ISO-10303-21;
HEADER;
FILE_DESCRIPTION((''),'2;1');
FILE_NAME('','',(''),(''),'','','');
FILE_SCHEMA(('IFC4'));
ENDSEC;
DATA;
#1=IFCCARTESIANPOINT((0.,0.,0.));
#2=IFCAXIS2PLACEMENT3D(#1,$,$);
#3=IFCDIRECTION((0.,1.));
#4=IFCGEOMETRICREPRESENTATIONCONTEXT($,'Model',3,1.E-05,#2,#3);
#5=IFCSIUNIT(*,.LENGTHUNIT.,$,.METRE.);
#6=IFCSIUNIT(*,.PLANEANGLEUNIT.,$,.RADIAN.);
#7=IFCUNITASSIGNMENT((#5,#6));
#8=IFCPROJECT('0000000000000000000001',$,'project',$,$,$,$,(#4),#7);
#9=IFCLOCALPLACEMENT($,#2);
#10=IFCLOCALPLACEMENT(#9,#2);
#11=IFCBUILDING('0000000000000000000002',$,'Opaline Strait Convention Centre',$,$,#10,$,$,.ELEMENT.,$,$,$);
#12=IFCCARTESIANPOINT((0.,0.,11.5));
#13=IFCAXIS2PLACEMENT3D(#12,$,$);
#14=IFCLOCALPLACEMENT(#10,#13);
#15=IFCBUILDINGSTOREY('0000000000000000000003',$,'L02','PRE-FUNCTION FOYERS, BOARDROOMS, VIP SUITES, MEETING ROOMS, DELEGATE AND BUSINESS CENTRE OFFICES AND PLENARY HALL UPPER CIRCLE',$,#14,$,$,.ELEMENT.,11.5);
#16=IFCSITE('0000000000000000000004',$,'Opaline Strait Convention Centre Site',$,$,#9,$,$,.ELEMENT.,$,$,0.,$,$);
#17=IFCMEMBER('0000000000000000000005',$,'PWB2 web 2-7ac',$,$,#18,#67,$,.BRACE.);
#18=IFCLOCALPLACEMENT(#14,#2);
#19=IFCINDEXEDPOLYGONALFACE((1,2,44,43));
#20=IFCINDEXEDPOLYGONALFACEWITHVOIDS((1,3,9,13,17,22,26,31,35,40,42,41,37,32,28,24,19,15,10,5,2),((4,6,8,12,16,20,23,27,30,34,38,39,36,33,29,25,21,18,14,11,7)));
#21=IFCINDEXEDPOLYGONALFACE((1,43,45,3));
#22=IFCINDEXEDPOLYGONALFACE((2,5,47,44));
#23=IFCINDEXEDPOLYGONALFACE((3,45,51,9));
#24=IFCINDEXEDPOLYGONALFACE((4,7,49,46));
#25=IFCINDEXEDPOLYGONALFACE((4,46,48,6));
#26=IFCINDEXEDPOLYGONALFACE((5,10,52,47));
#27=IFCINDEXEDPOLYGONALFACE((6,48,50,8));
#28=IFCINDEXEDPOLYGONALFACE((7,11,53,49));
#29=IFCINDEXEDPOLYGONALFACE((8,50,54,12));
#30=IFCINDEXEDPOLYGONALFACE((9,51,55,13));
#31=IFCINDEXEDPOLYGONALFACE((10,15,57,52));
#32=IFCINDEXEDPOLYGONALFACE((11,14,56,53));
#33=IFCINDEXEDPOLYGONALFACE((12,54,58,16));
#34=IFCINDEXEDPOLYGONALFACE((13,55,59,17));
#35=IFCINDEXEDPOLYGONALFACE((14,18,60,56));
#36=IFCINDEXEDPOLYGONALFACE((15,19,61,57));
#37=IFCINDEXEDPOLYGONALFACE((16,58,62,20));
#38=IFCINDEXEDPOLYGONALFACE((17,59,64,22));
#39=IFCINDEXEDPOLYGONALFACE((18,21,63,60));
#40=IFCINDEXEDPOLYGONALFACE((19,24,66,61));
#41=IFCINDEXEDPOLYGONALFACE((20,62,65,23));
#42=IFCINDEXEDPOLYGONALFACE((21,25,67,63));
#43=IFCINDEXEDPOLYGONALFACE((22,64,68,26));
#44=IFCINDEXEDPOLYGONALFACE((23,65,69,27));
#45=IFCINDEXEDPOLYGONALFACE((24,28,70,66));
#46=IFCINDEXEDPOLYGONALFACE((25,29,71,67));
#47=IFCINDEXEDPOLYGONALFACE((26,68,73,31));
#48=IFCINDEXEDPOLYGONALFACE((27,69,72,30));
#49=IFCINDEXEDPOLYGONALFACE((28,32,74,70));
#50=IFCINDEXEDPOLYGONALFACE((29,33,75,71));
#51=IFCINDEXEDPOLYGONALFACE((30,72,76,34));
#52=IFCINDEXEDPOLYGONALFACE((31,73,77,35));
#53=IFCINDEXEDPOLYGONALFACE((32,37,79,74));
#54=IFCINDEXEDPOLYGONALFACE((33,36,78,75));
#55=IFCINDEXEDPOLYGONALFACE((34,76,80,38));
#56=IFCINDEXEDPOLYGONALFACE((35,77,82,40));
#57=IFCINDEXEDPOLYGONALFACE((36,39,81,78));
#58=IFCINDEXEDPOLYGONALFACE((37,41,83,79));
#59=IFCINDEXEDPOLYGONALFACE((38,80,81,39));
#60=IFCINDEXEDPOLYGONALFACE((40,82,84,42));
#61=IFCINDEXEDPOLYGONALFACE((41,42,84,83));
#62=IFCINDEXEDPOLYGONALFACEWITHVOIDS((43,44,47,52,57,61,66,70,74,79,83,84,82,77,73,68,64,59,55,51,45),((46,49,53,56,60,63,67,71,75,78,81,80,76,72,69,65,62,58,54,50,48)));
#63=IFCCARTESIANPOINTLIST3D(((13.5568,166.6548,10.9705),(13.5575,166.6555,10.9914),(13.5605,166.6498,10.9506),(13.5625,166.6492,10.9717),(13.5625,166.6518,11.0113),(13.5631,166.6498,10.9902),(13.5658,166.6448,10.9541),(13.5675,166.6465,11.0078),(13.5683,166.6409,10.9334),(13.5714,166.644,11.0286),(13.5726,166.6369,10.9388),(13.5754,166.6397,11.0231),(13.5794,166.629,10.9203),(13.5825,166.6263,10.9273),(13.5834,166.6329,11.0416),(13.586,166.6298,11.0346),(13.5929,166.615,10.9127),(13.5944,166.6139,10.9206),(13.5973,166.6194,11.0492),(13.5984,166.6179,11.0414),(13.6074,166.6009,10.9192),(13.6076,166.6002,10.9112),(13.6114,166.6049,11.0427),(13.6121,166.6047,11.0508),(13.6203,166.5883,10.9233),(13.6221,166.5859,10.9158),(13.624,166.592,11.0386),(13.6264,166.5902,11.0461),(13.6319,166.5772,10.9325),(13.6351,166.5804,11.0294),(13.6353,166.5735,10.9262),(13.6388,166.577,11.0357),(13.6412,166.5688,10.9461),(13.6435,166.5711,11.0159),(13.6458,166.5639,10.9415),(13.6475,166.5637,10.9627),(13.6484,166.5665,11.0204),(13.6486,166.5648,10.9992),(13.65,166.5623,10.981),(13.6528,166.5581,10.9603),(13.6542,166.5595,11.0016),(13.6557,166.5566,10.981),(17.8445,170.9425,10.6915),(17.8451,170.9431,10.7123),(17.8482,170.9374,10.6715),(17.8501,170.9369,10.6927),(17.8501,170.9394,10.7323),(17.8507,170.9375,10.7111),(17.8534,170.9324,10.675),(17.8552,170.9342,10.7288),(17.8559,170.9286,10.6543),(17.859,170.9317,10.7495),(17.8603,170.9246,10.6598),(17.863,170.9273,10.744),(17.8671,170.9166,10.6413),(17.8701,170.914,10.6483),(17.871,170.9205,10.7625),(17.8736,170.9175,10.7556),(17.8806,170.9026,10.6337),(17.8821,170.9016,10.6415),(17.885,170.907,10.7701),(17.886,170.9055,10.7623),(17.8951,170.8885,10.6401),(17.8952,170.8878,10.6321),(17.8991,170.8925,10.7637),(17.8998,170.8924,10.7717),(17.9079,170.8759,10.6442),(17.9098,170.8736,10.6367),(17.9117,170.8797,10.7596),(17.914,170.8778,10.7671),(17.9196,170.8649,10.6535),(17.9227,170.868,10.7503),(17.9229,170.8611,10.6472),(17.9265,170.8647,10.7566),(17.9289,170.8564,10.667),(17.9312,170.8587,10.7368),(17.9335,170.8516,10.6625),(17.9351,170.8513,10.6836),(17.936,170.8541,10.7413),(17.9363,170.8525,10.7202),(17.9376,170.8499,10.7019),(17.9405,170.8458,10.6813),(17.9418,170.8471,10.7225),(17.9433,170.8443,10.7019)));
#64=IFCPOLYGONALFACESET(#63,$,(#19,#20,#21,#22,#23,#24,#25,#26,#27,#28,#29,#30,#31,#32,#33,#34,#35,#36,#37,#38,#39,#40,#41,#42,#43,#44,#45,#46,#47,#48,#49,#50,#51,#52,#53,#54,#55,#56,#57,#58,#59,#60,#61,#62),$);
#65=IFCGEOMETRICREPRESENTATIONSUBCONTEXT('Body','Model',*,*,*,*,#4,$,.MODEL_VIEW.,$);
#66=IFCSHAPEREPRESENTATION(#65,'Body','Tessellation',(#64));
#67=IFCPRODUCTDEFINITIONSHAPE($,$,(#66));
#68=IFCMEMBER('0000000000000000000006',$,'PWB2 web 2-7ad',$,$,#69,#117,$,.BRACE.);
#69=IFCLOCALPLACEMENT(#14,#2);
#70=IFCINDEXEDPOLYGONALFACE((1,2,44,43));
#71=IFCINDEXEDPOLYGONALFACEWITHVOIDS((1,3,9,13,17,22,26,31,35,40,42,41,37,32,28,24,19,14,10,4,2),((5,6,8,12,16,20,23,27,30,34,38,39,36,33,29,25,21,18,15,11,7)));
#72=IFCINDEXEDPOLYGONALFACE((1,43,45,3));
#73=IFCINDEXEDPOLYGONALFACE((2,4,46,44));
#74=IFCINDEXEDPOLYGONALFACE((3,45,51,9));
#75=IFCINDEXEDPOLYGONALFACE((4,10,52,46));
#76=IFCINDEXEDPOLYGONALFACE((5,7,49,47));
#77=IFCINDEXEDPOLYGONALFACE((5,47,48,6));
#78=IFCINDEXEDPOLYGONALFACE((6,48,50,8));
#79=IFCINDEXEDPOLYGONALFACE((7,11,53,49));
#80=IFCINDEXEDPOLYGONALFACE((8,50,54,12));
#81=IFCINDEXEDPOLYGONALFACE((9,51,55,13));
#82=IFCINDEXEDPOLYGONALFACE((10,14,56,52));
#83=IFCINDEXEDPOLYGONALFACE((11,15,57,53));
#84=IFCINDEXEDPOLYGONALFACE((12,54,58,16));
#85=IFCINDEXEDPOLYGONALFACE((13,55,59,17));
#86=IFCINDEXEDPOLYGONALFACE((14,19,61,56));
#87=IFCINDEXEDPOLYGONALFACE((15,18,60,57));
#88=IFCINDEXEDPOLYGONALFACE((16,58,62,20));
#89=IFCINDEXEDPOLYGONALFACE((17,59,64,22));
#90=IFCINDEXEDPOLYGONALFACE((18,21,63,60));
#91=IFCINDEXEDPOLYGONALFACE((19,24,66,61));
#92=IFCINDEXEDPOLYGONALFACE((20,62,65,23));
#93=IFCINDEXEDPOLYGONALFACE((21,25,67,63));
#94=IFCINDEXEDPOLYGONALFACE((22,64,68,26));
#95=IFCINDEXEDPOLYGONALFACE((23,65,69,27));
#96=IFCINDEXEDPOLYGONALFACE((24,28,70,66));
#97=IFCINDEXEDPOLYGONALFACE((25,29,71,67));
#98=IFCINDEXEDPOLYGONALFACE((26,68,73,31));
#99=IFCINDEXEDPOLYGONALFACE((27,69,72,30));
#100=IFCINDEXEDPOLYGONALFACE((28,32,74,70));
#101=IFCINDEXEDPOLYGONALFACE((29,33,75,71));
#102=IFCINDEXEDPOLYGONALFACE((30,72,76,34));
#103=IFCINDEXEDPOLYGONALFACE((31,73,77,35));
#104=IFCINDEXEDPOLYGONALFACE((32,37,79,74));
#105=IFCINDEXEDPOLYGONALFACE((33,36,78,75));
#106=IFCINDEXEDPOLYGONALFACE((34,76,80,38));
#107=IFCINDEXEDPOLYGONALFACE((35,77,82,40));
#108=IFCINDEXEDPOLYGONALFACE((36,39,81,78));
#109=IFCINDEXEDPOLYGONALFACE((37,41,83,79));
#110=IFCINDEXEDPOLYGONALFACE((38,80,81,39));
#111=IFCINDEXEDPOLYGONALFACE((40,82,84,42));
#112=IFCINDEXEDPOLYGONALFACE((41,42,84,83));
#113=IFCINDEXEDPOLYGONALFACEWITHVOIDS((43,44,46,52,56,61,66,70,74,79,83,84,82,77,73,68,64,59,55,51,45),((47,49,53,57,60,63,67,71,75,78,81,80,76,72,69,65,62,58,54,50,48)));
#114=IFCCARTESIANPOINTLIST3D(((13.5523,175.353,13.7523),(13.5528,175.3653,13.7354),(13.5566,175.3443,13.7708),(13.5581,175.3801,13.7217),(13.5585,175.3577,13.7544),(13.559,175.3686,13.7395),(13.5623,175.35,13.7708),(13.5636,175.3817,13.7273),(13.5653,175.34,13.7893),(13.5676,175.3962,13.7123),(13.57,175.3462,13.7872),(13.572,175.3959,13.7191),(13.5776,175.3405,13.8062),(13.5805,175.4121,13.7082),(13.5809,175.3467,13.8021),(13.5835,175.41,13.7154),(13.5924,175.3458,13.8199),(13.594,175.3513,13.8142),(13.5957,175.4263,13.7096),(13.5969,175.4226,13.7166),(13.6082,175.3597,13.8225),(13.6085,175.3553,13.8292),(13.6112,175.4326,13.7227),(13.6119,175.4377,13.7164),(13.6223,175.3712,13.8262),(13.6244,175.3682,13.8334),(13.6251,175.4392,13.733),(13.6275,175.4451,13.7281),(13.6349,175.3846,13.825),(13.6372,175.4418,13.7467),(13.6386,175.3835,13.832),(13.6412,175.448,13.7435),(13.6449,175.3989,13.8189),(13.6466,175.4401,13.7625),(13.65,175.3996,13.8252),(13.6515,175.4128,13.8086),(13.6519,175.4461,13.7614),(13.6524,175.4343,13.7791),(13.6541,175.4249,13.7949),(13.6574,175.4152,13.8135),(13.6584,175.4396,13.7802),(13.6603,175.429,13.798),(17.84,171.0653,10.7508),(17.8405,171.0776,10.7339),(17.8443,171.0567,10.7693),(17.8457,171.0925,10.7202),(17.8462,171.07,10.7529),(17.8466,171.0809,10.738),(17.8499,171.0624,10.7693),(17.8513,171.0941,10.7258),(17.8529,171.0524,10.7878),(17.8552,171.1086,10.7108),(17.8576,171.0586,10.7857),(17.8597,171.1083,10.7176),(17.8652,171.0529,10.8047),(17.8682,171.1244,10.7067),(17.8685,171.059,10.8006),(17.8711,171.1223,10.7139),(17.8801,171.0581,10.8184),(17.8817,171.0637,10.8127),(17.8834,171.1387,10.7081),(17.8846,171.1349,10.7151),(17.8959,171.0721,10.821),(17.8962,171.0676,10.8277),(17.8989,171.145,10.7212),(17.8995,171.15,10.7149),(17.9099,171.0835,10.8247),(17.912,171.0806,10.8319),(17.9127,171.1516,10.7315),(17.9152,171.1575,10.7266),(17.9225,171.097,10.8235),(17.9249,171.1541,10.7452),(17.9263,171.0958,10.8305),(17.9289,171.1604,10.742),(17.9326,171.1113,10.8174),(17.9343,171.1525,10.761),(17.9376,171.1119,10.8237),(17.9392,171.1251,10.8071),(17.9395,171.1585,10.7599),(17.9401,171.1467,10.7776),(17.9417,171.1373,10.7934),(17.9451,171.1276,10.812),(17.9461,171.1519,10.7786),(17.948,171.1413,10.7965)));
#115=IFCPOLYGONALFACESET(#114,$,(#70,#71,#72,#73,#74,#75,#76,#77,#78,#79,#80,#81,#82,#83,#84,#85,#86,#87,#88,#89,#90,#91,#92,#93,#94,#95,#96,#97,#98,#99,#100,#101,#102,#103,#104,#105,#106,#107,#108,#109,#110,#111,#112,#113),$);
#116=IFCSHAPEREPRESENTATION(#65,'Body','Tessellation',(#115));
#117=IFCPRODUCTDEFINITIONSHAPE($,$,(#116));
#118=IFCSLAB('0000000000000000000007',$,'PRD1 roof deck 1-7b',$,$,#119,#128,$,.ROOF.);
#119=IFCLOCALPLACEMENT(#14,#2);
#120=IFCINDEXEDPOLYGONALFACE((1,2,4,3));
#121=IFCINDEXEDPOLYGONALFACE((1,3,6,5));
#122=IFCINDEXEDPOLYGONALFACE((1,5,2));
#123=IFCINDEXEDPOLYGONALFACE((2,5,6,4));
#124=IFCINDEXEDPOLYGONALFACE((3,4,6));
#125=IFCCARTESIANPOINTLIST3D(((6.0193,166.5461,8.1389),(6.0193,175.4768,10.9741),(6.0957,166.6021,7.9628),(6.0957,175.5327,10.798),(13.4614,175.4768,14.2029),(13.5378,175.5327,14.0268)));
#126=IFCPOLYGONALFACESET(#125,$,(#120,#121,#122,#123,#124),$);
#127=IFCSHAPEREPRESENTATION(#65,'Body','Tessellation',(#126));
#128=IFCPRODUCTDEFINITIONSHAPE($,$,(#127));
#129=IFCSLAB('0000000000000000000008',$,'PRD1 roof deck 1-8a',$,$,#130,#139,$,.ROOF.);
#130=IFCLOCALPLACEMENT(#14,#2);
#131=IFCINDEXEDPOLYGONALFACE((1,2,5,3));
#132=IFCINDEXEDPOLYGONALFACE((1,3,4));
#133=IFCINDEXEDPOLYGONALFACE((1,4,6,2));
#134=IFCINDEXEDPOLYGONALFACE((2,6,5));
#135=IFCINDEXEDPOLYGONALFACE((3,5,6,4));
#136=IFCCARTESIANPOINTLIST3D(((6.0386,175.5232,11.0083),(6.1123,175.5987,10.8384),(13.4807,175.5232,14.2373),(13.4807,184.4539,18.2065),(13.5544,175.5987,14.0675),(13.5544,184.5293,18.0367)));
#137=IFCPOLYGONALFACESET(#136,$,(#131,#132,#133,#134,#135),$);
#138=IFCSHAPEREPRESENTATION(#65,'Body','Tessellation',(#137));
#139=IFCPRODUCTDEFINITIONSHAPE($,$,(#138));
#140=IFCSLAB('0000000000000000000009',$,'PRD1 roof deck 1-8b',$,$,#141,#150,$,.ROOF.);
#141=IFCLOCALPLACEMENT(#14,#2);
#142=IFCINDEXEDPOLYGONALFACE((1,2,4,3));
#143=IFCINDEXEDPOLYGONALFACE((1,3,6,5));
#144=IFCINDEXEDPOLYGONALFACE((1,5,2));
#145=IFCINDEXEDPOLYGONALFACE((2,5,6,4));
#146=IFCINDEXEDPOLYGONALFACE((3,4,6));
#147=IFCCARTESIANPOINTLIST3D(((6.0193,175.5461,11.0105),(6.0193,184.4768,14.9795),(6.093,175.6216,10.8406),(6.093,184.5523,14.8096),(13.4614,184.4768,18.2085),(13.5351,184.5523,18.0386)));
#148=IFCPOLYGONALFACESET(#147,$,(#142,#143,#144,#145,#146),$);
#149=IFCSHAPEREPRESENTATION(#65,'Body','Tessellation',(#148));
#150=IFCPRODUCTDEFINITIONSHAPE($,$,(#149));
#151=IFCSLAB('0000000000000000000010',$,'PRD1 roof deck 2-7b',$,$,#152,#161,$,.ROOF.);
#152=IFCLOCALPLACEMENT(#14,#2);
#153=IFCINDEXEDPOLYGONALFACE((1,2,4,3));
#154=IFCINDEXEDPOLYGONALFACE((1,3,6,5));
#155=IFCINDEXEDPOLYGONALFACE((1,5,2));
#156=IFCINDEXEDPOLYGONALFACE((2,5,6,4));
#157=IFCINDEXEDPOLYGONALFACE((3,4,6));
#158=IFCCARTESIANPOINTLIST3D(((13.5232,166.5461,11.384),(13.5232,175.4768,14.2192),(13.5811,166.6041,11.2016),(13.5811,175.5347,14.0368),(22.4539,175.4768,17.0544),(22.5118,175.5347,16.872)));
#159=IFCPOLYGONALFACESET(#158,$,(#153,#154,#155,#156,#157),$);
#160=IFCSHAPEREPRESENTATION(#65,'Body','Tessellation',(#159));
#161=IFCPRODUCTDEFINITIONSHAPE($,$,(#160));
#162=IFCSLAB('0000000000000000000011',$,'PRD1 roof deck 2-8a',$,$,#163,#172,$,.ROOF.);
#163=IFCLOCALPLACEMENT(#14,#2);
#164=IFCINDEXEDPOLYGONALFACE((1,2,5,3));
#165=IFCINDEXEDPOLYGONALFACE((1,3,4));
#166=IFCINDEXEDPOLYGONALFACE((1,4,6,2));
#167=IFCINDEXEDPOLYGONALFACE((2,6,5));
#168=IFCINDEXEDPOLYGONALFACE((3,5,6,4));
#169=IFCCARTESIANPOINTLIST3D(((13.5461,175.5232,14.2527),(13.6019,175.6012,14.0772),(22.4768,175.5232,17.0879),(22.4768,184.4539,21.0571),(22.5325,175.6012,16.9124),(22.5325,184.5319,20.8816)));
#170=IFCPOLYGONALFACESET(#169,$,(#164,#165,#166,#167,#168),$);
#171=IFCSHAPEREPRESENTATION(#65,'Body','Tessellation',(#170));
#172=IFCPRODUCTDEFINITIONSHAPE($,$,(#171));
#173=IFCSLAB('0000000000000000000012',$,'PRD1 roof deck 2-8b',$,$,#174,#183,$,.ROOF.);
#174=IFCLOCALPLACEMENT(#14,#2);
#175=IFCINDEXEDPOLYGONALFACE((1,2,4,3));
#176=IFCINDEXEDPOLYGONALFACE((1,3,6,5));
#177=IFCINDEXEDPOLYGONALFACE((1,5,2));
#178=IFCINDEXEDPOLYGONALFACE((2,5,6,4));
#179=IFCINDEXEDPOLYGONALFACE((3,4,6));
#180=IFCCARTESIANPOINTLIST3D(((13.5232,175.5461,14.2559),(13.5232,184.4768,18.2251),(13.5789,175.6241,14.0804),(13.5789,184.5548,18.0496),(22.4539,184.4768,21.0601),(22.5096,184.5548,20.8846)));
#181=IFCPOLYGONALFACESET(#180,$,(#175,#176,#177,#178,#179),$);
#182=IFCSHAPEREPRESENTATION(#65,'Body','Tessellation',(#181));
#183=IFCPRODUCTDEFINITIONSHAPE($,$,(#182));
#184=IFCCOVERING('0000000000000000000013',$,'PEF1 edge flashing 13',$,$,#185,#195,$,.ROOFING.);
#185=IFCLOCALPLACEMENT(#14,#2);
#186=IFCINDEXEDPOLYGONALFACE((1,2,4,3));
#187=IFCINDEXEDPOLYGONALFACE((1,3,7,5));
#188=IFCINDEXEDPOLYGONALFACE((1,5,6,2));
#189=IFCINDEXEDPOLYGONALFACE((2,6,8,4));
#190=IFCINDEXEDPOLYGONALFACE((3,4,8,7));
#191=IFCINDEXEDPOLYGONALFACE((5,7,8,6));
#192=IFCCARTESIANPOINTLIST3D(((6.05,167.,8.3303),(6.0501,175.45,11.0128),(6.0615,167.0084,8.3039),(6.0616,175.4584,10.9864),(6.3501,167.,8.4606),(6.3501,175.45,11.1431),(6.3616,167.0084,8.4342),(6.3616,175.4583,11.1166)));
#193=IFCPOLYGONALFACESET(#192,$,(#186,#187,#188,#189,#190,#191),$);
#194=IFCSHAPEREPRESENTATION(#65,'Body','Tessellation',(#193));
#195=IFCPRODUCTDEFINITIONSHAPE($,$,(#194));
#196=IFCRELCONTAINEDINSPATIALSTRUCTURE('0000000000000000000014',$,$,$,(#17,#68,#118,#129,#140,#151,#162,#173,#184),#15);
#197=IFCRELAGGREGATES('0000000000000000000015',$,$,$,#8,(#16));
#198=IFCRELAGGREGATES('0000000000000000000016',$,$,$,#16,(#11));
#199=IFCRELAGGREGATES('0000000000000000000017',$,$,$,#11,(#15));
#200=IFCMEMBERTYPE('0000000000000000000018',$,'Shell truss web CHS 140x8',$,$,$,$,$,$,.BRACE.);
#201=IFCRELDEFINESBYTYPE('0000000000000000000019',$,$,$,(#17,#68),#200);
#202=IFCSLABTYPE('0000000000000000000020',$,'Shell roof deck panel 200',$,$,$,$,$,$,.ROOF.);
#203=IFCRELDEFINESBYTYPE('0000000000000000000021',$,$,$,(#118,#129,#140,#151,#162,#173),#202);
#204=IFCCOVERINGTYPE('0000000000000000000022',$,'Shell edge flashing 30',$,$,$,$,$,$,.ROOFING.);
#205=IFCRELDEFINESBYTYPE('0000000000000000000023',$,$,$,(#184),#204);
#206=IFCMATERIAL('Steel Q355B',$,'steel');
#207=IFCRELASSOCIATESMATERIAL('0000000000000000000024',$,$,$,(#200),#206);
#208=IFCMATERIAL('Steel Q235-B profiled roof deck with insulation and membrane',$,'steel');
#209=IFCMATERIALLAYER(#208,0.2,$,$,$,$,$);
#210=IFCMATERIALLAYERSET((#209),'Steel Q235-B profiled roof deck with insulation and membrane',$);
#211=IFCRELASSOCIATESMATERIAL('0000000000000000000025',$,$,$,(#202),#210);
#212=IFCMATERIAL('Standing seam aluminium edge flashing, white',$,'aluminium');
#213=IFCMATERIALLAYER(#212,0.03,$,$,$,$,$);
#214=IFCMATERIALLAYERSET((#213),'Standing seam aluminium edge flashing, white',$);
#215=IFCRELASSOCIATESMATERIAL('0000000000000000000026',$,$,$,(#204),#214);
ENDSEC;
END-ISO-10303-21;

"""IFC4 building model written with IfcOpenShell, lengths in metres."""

from ifc_helpers import new_model, si_unit, direction, frame, origin, origin_2d, place, context, subcontext, project, spatial, polyline, hollow_circle, outline, extrude, material, layer, layer_set, material_profile, profile_set, type_object, element, save


model = new_model("IFC4")

# Units and contexts
model_context = context("Model", 3, precision=1e-05, world=origin(), true_north=direction((0.0, 1.0)))
body_context = subcontext(model_context, "Body", "Model", "MODEL_VIEW")
ifc_project = project(units=[si_unit("LENGTHUNIT", "METRE"), si_unit("PLANEANGLEUNIT", "RADIAN")], contexts=[model_context])

# Site, building, storey
site_placement = place(None, origin())
site = spatial("IfcSite", under=ifc_project, at=site_placement, Name="Opaline Strait Convention Centre Site", CompositionType="ELEMENT", RefElevation=0.0)
building_placement = place(site_placement, origin())
building = spatial("IfcBuilding", under=site, at=building_placement, Name="Opaline Strait Convention Centre", CompositionType="ELEMENT")
storey_placement = place(building_placement, frame((0.0, 0.0, 11.5)))
storey = spatial("IfcBuildingStorey", under=building, at=storey_placement, Name="L02", Description="PRE-FUNCTION FOYERS, BOARDROOMS, VIP SUITES, MEETING ROOMS, DELEGATE AND BUSINESS CENTRE OFFICES AND PLENARY HALL UPPER CIRCLE", CompositionType="ELEMENT", Elevation=11.5)

# Members
ifc_material_1 = material(Name="Steel Q355B", Category="steel")
ifc_material_profile_1 = material_profile(ifc_material_1, hollow_circle(Radius=0.0701, WallThickness=0.0081, at=origin_2d()), Name="CHS 140x8")
ifc_profile_set_1 = profile_set([ifc_material_profile_1], Name="Steel Q355B")
member_type_1 = type_object("IfcMemberType", Name="Shell truss web CHS 140x8", PredefinedType="BRACE", material=ifc_profile_set_1)
member_1_placement = place(storey_placement, frame((17.8938, 170.8938, 10.7019), z_axis=(-0.706359, -0.706359, 0.045972), x_axis=(0.707107, -0.707107, 0.0)))
element("IfcMember", 1, at=member_1_placement, inside=storey, type_object=member_type_1, Name="PWB2 web 2-7ac", PredefinedType="BRACE", context=body_context, shape_type="SweptSolid", body=[
    extrude(hollow_circle(Radius=0.0701, WallThickness=0.0081, at=origin_2d()), origin(), (0.0, 0.0, 1.0), 6.0701),
])
member_2_placement = place(storey_placement, frame((17.8938, 171.1062, 10.7693), z_axis=(-0.633718, 0.633718, 0.443624), x_axis=(-0.707107, -0.707107, 0.0)))
element("IfcMember", 2, at=member_2_placement, inside=storey, type_object=member_type_1, Name="PWB2 web 2-7ad", PredefinedType="BRACE", context=body_context, shape_type="SweptSolid", body=[
    extrude(hollow_circle(Radius=0.0701, WallThickness=0.0081, at=origin_2d()), origin(), (0.0, 0.0, 1.0), 6.7659),
])

# Slabs
ifc_material_2 = material(Name="Steel Q235-B profiled roof deck with insulation and membrane", Category="steel")
ifc_layer_1 = layer(ifc_material_2, 0.2)
ifc_layer_set_1 = layer_set([ifc_layer_1], Name="Steel Q235-B profiled roof deck with insulation and membrane")
slab_type = type_object("IfcSlabType", Name="Shell roof deck panel 200", PredefinedType="ROOF", material=ifc_layer_set_1)
slab_1_placement = place(storey_placement, frame((6.0193, 166.5461, 8.1389), z_axis=(-0.382129, -0.279623, 0.880789), x_axis=(0.5676, 0.681127, 0.462489)))
element("IfcSlab", 3, at=slab_1_placement, inside=storey, type_object=slab_type, Name="PRD1 roof deck 1-7b", PredefinedType="ROOF", context=body_context, shape_type="SweptSolid", body=[
    extrude(outline(polyline([(0.0, 0.0), (13.1116, 0.0), (7.3942, 5.7551), (0.0, 0.0)])), origin(), (0.0, 0.0, -1.0), 0.2),
])
slab_2_placement = place(storey_placement, frame((6.0386, 175.5232, 11.0083), z_axis=(-0.368572, -0.37755, 0.849477), x_axis=(0.917372, 0.0, 0.398031)))
element("IfcSlab", 4, at=slab_2_placement, inside=storey, type_object=slab_type, Name="PRD1 roof deck 1-8a", PredefinedType="ROOF", context=body_context, shape_type="SweptSolid", body=[
    extrude(outline(polyline([(0.0, 0.0), (8.1125, 0.0), (9.6923, 9.6445), (0.0, 0.0)])), origin(), (0.0, 0.0, -1.0), 0.2),
])
slab_3_placement = place(storey_placement, frame((6.0193, 175.5461, 11.0105), z_axis=(-0.368575, -0.37753, 0.849484), x_axis=(0.544291, 0.653156, 0.526435)))
element("IfcSlab", 5, at=slab_3_placement, inside=storey, type_object=slab_type, Name="PRD1 roof deck 1-8b", PredefinedType="ROOF", context=body_context, shape_type="SweptSolid", body=[
    extrude(outline(polyline([(0.0, 0.0), (13.6731, 0.0), (7.9225, 5.7222), (0.0, 0.0)])), origin(), (0.0, 0.0, -1.0), 0.2),
])
slab_4_placement = place(storey_placement, frame((13.5232, 166.5461, 11.384), z_axis=(-0.289618, -0.289618, 0.912273), x_axis=(0.645075, 0.645075, 0.409582)))
element("IfcSlab", 6, at=slab_4_placement, inside=storey, type_object=slab_type, Name="PRD1 roof deck 2-7b", PredefinedType="ROOF", context=body_context, shape_type="SweptSolid", body=[
    extrude(outline(polyline([(0.0, 0.0), (13.8444, 0.0), (6.9222, 6.3149), (0.0, 0.0)])), origin(), (0.0, 0.0, -1.0), 0.2),
])
slab_5_placement = place(storey_placement, frame((13.5461, 175.5232, 14.2527), z_axis=(-0.278618, -0.390061, 0.877624), x_axis=(0.953122, 0.0, 0.302586)))
element("IfcSlab", 7, at=slab_5_placement, inside=storey, type_object=slab_type, Name="PRD1 roof deck 2-8a", PredefinedType="ROOF", context=body_context, shape_type="SweptSolid", body=[
    extrude(outline(polyline([(0.0, 0.0), (9.3699, 0.0), (10.5709, 9.6989), (0.0, 0.0)])), origin(), (0.0, 0.0, -1.0), 0.2),
])
slab_6_placement = place(storey_placement, frame((13.5232, 175.5461, 14.2559), z_axis=(-0.278596, -0.390063, 0.87763), x_axis=(0.622515, 0.622515, 0.474289)))
element("IfcSlab", 8, at=slab_6_placement, inside=storey, type_object=slab_type, Name="PRD1 roof deck 2-8b", PredefinedType="ROOF", context=body_context, shape_type="SweptSolid", body=[
    extrude(outline(polyline([(0.0, 0.0), (14.3461, 0.0), (7.442, 6.3346), (0.0, 0.0)])), origin(), (0.0, 0.0, -1.0), 0.2),
])

# Covering
ifc_material_3 = material(Name="Standing seam aluminium edge flashing, white", Category="aluminium")
ifc_layer_2 = layer(ifc_material_3, 0.03)
ifc_layer_set_2 = layer_set([ifc_layer_2], Name="Standing seam aluminium edge flashing, white")
covering_type_1 = type_object("IfcCoveringType", Name="Shell edge flashing 30", PredefinedType="ROOFING", material=ifc_layer_set_2)
covering_1_placement = place(storey_placement, frame((6.05, 167.0, 8.3303), z_axis=(-0.382314, -0.27959, 0.880719), x_axis=(0.917291, 0.000092, 0.398218)))
element("IfcCovering", 9, at=covering_1_placement, inside=storey, type_object=covering_type_1, Name="PEF1 edge flashing 13", PredefinedType="ROOFING", context=body_context, shape_type="SweptSolid", body=[
    extrude(outline(polyline([(0.0, 0.0), (0.3271, 0.0), (1.3961, 8.8008), (1.069, 8.8009), (0.0, 0.0)])), origin(), (0.0, 0.0, -1.0), 0.03),
])

save(model, "model.ifc")
